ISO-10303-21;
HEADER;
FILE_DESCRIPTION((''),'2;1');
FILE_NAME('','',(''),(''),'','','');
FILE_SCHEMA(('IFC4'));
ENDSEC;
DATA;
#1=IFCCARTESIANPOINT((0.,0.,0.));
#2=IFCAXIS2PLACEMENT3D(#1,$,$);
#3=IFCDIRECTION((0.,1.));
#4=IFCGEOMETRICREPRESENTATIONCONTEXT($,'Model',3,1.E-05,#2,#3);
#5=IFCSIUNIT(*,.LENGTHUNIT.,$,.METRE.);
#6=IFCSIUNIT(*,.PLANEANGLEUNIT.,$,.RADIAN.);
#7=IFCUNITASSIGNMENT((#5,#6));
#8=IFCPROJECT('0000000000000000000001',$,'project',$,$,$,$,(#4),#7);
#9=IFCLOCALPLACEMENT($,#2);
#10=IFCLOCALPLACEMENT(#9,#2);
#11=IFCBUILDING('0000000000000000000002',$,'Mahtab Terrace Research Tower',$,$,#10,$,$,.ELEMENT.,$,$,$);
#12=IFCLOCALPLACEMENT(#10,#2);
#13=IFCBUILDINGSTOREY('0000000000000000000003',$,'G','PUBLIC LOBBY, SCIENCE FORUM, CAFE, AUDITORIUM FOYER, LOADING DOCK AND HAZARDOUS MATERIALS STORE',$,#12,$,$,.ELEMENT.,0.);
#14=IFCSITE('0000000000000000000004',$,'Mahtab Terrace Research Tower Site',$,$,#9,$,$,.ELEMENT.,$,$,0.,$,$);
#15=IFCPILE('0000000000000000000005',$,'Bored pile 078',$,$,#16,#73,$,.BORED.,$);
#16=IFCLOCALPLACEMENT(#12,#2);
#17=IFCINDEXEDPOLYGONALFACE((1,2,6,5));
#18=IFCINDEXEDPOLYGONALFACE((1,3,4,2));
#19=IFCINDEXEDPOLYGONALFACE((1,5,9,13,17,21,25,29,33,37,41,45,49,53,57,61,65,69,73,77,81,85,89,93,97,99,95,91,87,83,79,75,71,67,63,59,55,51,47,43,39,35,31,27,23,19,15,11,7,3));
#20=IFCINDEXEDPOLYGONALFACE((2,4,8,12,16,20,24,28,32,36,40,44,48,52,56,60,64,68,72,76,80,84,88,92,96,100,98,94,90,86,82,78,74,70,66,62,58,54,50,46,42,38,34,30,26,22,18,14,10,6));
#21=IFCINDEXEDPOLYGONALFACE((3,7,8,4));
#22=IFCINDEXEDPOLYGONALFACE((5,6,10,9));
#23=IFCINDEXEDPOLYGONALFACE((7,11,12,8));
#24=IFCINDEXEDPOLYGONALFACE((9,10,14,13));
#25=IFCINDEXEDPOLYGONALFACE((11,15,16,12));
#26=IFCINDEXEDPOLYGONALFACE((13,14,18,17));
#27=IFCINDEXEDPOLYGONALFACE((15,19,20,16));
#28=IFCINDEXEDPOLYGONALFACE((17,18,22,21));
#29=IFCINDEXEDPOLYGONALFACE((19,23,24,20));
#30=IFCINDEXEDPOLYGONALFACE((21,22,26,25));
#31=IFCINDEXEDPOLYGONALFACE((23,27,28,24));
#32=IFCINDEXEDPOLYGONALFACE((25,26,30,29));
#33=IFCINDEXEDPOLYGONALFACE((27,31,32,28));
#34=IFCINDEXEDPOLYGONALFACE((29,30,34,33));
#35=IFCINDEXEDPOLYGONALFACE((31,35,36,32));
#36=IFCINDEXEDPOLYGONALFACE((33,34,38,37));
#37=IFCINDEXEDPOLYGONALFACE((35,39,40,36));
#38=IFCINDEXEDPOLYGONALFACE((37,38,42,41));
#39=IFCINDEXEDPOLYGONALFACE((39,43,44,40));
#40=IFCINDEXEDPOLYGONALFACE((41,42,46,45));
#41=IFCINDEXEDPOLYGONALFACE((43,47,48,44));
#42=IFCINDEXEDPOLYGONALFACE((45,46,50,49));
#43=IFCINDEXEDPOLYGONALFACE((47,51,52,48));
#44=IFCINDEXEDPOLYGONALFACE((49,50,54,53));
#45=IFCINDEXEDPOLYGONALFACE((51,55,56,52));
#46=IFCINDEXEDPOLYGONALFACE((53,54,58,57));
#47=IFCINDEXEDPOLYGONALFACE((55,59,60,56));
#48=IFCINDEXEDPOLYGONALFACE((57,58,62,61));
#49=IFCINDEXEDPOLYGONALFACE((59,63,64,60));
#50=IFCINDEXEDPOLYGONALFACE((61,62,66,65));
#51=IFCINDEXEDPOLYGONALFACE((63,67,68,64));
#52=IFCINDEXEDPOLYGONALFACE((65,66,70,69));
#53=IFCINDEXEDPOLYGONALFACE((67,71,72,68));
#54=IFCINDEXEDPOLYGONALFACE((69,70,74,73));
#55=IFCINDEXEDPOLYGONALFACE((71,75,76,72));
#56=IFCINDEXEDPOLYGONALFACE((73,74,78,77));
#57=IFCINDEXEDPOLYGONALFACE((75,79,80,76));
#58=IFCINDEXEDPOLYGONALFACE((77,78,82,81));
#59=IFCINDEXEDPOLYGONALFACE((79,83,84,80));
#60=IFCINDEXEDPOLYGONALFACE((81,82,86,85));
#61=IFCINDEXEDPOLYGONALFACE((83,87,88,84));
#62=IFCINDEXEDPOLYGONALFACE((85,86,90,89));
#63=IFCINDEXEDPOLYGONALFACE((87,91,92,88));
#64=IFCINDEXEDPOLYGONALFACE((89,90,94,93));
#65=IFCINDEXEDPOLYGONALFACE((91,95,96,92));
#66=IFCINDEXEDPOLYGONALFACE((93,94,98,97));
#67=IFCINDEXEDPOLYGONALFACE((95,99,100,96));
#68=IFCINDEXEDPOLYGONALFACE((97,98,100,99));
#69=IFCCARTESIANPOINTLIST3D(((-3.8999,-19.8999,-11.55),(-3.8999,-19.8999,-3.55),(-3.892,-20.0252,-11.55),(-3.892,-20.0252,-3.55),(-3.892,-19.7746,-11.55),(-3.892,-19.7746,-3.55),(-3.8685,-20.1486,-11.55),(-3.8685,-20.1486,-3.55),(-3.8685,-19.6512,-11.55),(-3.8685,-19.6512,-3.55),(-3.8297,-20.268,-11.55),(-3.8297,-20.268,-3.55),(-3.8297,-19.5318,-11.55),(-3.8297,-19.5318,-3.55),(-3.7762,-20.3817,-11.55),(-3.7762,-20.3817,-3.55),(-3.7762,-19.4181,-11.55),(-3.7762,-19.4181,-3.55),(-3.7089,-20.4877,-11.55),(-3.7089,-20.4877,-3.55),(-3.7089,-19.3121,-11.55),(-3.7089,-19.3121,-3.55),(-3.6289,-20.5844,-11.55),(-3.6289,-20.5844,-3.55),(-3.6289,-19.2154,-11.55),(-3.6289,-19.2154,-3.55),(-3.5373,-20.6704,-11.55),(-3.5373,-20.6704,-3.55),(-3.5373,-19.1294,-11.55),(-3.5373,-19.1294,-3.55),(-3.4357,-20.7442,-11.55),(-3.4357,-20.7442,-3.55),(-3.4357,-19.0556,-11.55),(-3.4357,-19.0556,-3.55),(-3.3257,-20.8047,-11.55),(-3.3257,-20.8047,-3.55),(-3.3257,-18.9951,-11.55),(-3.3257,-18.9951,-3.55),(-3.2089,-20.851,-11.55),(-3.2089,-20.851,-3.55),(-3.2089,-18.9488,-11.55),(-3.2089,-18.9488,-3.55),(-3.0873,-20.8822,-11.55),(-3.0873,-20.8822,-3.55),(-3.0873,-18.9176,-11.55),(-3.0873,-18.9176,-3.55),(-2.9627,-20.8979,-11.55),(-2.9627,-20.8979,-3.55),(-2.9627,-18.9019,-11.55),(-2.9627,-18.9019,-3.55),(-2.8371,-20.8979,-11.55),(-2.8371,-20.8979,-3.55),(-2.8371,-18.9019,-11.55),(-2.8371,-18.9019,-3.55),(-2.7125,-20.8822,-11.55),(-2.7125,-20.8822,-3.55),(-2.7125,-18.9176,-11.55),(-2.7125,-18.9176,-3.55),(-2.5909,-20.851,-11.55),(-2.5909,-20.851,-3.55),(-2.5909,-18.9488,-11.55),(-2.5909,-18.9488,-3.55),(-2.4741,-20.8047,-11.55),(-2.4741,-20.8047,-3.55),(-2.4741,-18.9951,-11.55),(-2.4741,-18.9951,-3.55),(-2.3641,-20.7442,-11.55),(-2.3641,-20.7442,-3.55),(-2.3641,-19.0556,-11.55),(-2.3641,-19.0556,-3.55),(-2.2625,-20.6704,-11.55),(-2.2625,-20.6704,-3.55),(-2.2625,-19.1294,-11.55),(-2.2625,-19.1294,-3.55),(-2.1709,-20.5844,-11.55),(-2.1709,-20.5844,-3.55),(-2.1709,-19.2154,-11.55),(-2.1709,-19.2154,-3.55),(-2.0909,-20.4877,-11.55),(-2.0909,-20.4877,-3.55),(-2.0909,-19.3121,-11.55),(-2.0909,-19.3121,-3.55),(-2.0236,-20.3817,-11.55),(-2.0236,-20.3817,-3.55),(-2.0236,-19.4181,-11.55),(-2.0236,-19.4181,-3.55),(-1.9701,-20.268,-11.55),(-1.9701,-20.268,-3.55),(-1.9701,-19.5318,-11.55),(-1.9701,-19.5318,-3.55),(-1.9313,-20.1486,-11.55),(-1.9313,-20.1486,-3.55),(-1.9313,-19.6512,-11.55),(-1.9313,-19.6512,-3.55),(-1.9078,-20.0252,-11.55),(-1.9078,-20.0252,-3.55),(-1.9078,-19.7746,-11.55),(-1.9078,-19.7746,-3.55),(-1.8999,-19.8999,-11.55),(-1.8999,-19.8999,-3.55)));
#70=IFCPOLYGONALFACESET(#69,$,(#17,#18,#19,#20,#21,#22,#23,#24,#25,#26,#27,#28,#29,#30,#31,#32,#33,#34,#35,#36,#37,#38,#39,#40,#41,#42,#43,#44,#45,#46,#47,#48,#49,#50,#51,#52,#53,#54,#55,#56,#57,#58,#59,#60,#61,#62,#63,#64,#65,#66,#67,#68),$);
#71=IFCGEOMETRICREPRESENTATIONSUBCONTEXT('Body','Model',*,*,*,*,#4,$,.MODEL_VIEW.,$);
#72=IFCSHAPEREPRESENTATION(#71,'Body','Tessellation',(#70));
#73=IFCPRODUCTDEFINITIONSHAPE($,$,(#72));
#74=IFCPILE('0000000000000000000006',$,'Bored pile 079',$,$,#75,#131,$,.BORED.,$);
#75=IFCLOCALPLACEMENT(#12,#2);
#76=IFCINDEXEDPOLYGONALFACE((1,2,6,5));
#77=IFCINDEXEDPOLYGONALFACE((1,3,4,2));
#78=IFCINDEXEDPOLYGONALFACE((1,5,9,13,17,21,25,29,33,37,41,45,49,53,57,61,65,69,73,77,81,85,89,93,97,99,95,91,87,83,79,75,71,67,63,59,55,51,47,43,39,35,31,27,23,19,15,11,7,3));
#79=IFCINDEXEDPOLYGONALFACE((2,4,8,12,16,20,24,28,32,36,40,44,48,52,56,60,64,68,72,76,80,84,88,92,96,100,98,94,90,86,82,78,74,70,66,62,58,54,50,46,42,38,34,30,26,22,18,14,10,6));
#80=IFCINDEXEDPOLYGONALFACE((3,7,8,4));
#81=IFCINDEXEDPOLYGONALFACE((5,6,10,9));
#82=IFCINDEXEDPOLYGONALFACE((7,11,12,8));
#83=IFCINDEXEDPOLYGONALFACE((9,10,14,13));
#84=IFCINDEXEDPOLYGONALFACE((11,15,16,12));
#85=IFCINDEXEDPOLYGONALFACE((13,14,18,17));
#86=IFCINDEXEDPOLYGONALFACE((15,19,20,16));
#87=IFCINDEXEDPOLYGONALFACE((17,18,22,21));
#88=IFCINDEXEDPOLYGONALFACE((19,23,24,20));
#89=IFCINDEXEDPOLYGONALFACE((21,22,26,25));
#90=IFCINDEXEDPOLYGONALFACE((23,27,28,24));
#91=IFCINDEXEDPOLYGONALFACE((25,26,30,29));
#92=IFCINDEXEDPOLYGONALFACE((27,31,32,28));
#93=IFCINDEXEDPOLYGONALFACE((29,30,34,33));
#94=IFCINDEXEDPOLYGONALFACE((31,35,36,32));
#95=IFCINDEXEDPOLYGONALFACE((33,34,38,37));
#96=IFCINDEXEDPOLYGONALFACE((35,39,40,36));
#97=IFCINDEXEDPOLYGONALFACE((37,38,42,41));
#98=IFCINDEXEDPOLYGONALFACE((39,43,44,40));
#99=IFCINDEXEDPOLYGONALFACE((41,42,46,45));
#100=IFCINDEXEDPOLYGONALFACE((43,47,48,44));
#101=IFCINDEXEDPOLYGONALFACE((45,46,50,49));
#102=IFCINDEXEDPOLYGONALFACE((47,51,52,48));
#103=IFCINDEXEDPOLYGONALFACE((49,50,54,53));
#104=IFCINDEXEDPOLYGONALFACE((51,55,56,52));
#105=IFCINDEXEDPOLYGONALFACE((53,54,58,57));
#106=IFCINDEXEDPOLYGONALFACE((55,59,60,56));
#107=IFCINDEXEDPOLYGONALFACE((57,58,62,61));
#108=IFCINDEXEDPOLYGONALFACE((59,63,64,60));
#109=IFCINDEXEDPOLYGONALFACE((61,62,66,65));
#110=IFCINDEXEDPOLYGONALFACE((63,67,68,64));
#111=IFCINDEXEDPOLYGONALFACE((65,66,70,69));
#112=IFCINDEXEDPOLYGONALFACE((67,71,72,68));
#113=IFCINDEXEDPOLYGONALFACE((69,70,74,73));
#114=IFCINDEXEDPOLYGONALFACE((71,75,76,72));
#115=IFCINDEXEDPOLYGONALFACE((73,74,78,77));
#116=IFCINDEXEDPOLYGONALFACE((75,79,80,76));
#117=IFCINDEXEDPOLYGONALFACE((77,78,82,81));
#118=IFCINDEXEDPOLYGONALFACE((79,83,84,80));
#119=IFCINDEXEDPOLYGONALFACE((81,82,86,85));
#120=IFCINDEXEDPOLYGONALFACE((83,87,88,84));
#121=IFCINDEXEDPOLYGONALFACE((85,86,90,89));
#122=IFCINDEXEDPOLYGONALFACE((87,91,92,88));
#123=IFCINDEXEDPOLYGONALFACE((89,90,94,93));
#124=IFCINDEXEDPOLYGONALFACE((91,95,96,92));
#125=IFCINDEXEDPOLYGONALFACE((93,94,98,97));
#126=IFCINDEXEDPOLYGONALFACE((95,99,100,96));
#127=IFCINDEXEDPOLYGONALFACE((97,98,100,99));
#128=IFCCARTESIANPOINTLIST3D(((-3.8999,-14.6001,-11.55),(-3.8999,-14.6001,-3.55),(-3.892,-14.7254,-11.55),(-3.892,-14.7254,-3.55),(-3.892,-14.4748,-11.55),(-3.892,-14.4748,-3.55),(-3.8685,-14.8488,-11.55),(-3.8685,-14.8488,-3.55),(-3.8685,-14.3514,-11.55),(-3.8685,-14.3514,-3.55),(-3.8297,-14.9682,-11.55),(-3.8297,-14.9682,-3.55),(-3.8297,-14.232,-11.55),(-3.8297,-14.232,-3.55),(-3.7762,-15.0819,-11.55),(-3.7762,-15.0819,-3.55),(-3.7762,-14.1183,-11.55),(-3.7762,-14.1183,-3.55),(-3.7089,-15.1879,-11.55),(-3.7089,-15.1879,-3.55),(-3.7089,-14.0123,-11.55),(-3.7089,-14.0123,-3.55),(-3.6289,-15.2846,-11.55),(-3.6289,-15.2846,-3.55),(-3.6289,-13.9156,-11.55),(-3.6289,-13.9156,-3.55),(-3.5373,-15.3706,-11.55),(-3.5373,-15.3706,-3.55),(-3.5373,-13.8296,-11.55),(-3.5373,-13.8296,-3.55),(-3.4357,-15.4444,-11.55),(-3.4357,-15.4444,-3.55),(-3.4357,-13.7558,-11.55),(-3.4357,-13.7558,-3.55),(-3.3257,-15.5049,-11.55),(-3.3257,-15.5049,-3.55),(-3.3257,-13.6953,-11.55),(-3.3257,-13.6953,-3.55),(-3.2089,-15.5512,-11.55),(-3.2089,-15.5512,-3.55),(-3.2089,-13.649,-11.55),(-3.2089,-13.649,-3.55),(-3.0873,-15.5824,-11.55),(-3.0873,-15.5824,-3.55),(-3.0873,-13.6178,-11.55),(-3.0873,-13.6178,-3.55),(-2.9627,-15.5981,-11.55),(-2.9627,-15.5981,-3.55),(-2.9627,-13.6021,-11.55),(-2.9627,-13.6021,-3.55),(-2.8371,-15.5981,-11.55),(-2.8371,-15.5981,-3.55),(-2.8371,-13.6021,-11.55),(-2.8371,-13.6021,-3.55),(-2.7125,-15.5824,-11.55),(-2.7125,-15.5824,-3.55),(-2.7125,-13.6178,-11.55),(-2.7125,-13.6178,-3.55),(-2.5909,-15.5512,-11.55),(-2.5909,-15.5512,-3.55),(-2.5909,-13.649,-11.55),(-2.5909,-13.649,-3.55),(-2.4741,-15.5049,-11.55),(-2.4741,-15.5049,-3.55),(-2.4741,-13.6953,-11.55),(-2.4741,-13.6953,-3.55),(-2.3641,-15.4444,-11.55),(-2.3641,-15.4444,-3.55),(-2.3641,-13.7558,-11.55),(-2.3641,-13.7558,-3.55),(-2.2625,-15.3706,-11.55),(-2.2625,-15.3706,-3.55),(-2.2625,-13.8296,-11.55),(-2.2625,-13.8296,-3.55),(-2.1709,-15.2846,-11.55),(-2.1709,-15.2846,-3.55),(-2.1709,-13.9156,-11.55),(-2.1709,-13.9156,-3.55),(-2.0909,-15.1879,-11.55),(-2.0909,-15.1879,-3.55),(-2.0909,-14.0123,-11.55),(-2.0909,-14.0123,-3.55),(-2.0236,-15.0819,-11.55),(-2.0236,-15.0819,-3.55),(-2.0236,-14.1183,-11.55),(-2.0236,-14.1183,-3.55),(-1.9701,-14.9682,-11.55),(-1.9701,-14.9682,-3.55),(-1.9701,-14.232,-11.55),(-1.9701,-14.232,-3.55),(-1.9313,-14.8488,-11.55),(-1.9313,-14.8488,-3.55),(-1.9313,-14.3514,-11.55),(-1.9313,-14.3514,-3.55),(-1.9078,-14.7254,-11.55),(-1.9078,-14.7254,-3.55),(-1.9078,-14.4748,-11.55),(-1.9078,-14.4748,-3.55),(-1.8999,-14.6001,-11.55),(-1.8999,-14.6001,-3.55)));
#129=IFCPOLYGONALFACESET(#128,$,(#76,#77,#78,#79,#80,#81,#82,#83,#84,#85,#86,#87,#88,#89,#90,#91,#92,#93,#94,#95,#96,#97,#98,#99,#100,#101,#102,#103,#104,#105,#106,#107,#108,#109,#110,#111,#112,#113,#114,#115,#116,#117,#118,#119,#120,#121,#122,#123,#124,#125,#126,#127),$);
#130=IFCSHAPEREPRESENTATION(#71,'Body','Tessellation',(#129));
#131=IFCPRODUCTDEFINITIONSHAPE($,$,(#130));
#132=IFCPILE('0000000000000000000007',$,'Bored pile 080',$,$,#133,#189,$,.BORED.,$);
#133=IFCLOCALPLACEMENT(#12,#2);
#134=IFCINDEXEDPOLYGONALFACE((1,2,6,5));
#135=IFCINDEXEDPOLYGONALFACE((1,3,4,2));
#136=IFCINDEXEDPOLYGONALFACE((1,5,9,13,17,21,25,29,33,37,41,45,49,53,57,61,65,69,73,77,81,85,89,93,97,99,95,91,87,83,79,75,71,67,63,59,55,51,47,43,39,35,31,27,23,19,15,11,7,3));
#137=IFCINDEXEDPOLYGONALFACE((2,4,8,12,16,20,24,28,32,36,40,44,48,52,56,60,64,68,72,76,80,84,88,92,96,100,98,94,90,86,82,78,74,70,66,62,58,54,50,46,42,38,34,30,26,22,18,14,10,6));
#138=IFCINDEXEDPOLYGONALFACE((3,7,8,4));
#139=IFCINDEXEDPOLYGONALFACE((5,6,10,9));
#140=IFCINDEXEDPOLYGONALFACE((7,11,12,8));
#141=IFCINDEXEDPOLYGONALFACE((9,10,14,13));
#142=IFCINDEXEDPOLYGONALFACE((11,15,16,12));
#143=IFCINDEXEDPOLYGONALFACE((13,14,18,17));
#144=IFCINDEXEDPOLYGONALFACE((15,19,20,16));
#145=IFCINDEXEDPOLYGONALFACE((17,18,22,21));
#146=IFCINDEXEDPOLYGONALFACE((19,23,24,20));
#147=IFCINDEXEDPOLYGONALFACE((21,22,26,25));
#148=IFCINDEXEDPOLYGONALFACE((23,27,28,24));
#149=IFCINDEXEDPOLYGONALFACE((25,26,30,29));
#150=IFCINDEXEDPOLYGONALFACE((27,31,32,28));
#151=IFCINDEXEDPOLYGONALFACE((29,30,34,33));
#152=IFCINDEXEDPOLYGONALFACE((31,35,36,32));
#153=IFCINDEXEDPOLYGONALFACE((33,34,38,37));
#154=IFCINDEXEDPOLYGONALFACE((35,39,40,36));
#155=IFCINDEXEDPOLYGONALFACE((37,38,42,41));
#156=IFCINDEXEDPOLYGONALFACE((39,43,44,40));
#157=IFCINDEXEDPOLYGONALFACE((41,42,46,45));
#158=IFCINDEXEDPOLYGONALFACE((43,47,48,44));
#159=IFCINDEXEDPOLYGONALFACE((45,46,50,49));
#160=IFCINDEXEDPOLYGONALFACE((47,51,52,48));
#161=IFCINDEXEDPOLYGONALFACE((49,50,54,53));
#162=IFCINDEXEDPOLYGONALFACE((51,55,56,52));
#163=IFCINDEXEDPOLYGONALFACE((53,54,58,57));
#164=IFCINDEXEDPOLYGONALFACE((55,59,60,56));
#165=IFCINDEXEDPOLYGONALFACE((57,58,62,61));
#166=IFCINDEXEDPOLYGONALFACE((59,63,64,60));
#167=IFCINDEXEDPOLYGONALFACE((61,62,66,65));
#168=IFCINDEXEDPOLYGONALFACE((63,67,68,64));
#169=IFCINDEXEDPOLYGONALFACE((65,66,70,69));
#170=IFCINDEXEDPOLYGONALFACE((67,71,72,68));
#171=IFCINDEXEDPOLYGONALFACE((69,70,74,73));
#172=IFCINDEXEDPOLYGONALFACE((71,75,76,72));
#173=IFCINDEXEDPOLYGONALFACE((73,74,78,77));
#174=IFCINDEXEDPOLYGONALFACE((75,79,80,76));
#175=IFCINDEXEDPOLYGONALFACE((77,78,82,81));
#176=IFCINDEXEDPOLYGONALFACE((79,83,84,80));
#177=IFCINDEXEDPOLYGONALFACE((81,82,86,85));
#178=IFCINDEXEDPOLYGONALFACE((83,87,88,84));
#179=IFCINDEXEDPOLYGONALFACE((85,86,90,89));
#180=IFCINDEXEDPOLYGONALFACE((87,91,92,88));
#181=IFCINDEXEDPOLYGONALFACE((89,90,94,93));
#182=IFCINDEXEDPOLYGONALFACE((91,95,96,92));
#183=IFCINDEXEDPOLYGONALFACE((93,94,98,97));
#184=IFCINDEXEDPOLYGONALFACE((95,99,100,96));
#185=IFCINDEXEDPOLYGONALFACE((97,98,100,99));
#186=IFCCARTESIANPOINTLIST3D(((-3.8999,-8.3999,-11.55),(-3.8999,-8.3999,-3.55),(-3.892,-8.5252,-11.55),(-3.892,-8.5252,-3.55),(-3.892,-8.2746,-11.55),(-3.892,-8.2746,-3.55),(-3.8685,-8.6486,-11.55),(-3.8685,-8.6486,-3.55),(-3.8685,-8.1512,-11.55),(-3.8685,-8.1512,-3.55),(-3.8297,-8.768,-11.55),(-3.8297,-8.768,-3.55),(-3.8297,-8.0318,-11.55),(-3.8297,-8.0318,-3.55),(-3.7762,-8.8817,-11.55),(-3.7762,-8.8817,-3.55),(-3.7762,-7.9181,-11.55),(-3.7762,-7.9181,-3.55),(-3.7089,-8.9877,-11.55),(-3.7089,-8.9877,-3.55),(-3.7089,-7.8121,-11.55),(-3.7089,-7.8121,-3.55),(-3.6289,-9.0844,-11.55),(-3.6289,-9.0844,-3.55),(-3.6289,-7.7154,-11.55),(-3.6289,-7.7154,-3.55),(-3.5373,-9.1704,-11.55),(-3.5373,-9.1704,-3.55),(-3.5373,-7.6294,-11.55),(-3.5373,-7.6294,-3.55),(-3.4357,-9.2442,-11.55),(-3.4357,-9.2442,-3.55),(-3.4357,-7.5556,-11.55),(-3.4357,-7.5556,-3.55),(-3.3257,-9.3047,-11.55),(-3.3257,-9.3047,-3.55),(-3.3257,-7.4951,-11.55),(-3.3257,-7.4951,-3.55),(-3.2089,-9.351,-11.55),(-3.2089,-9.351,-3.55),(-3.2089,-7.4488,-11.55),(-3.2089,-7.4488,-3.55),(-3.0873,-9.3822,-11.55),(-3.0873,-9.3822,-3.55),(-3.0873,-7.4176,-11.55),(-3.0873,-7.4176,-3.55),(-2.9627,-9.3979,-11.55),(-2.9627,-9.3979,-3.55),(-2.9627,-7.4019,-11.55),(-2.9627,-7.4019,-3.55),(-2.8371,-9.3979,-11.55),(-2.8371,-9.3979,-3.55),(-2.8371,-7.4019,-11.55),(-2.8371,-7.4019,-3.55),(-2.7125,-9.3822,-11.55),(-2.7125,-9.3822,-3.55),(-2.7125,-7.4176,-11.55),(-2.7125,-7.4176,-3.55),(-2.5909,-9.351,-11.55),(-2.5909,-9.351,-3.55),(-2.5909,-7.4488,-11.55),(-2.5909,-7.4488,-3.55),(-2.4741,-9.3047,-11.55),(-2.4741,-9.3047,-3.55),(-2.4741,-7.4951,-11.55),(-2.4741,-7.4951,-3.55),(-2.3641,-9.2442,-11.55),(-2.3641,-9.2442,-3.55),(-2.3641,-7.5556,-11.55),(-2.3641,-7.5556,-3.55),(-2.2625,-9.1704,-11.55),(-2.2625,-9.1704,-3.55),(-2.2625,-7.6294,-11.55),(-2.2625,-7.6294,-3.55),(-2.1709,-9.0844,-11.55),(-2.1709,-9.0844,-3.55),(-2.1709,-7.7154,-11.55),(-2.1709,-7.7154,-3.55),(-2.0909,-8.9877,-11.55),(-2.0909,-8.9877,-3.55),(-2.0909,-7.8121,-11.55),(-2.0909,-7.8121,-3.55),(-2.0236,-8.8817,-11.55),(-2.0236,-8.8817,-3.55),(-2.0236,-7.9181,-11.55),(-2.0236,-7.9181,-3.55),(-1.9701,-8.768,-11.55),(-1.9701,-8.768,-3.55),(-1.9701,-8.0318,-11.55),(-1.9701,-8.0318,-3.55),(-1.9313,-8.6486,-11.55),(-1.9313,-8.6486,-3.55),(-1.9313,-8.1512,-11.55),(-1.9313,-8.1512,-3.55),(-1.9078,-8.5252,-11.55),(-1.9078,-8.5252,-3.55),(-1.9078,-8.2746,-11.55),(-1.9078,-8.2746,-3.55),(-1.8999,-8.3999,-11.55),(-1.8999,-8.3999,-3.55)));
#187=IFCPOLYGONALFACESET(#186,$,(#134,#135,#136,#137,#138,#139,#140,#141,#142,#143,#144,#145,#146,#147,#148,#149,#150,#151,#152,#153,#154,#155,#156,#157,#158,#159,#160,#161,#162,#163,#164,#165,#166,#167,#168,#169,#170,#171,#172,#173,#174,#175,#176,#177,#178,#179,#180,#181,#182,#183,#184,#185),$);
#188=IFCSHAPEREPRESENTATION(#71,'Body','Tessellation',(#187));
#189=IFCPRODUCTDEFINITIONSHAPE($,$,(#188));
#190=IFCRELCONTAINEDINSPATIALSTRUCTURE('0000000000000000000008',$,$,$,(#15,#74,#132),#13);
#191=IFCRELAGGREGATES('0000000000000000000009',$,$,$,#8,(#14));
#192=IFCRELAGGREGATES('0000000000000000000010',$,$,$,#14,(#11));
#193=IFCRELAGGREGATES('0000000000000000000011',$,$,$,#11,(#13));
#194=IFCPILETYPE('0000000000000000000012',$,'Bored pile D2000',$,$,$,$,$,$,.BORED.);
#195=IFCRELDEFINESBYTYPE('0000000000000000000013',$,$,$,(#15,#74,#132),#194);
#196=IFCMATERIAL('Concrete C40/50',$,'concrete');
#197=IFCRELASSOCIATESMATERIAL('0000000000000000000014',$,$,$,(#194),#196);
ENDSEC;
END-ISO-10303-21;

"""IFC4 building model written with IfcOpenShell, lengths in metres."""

from ifc_helpers import new_model, si_unit, direction, frame, origin, origin_2d, place, context, subcontext, project, spatial, circle, extrude, material, material_profile, profile_set, type_object, element, save


model = new_model("IFC4")

# Units and contexts
model_context = context("Model", 3, precision=1e-05, world=origin(), true_north=direction((0.0, 1.0)))
body_context = subcontext(model_context, "Body", "Model", "MODEL_VIEW")
ifc_project = project(units=[si_unit("LENGTHUNIT", "METRE"), si_unit("PLANEANGLEUNIT", "RADIAN")], contexts=[model_context])

# Site, building, storey
site_placement = place(None, origin())
site = spatial("IfcSite", under=ifc_project, at=site_placement, Name="Mahtab Terrace Research Tower Site", CompositionType="ELEMENT", RefElevation=0.0)
building_placement = place(site_placement, origin())
building = spatial("IfcBuilding", under=site, at=building_placement, Name="Mahtab Terrace Research Tower", CompositionType="ELEMENT")
storey_placement = place(building_placement, origin())
storey = spatial("IfcBuildingStorey", under=building, at=storey_placement, Name="G", Description="PUBLIC LOBBY, SCIENCE FORUM, CAFE, AUDITORIUM FOYER, LOADING DOCK AND HAZARDOUS MATERIALS STORE", CompositionType="ELEMENT", Elevation=0.0)

# Piles
ifc_material_1 = material(Name="Concrete C40/50", Category="concrete")
ifc_material_profile_1 = material_profile(ifc_material_1, circle(Radius=1.0, at=origin_2d()), Name="Bored pile D2000")
ifc_profile_set_1 = profile_set([ifc_material_profile_1], Name="Concrete C40/50")
pile_type = type_object("IfcPileType", Name="Bored pile D2000", PredefinedType="BORED", material=ifc_profile_set_1)
for number, where, z_axis, x_axis, name in (
    (1, (-2.8999, -19.8999, -3.55), (0.0, 0.0, -1.0), (1.0, 0.0, 0.0), "Bored pile 078"),
    (2, (-2.8999, -14.6001, -3.55), (0.0, 0.0, -1.0), (1.0, 0.0, 0.0), "Bored pile 079"),
    (3, (-2.8999, -8.3999, -3.55), (0.0, 0.0, -1.0), (1.0, 0.0, 0.0), "Bored pile 080"),
):
    element("IfcPile", number, at=place(storey_placement, frame(where, z_axis=z_axis, x_axis=x_axis)), inside=storey, type_object=pile_type, Name=name, PredefinedType="BORED", context=body_context, shape_type="SweptSolid", body=[
        extrude(circle(Radius=1.0, at=origin_2d()), origin(), (0.0, 0.0, 1.0), 8.0),
    ])

save(model, "model.ifc")
